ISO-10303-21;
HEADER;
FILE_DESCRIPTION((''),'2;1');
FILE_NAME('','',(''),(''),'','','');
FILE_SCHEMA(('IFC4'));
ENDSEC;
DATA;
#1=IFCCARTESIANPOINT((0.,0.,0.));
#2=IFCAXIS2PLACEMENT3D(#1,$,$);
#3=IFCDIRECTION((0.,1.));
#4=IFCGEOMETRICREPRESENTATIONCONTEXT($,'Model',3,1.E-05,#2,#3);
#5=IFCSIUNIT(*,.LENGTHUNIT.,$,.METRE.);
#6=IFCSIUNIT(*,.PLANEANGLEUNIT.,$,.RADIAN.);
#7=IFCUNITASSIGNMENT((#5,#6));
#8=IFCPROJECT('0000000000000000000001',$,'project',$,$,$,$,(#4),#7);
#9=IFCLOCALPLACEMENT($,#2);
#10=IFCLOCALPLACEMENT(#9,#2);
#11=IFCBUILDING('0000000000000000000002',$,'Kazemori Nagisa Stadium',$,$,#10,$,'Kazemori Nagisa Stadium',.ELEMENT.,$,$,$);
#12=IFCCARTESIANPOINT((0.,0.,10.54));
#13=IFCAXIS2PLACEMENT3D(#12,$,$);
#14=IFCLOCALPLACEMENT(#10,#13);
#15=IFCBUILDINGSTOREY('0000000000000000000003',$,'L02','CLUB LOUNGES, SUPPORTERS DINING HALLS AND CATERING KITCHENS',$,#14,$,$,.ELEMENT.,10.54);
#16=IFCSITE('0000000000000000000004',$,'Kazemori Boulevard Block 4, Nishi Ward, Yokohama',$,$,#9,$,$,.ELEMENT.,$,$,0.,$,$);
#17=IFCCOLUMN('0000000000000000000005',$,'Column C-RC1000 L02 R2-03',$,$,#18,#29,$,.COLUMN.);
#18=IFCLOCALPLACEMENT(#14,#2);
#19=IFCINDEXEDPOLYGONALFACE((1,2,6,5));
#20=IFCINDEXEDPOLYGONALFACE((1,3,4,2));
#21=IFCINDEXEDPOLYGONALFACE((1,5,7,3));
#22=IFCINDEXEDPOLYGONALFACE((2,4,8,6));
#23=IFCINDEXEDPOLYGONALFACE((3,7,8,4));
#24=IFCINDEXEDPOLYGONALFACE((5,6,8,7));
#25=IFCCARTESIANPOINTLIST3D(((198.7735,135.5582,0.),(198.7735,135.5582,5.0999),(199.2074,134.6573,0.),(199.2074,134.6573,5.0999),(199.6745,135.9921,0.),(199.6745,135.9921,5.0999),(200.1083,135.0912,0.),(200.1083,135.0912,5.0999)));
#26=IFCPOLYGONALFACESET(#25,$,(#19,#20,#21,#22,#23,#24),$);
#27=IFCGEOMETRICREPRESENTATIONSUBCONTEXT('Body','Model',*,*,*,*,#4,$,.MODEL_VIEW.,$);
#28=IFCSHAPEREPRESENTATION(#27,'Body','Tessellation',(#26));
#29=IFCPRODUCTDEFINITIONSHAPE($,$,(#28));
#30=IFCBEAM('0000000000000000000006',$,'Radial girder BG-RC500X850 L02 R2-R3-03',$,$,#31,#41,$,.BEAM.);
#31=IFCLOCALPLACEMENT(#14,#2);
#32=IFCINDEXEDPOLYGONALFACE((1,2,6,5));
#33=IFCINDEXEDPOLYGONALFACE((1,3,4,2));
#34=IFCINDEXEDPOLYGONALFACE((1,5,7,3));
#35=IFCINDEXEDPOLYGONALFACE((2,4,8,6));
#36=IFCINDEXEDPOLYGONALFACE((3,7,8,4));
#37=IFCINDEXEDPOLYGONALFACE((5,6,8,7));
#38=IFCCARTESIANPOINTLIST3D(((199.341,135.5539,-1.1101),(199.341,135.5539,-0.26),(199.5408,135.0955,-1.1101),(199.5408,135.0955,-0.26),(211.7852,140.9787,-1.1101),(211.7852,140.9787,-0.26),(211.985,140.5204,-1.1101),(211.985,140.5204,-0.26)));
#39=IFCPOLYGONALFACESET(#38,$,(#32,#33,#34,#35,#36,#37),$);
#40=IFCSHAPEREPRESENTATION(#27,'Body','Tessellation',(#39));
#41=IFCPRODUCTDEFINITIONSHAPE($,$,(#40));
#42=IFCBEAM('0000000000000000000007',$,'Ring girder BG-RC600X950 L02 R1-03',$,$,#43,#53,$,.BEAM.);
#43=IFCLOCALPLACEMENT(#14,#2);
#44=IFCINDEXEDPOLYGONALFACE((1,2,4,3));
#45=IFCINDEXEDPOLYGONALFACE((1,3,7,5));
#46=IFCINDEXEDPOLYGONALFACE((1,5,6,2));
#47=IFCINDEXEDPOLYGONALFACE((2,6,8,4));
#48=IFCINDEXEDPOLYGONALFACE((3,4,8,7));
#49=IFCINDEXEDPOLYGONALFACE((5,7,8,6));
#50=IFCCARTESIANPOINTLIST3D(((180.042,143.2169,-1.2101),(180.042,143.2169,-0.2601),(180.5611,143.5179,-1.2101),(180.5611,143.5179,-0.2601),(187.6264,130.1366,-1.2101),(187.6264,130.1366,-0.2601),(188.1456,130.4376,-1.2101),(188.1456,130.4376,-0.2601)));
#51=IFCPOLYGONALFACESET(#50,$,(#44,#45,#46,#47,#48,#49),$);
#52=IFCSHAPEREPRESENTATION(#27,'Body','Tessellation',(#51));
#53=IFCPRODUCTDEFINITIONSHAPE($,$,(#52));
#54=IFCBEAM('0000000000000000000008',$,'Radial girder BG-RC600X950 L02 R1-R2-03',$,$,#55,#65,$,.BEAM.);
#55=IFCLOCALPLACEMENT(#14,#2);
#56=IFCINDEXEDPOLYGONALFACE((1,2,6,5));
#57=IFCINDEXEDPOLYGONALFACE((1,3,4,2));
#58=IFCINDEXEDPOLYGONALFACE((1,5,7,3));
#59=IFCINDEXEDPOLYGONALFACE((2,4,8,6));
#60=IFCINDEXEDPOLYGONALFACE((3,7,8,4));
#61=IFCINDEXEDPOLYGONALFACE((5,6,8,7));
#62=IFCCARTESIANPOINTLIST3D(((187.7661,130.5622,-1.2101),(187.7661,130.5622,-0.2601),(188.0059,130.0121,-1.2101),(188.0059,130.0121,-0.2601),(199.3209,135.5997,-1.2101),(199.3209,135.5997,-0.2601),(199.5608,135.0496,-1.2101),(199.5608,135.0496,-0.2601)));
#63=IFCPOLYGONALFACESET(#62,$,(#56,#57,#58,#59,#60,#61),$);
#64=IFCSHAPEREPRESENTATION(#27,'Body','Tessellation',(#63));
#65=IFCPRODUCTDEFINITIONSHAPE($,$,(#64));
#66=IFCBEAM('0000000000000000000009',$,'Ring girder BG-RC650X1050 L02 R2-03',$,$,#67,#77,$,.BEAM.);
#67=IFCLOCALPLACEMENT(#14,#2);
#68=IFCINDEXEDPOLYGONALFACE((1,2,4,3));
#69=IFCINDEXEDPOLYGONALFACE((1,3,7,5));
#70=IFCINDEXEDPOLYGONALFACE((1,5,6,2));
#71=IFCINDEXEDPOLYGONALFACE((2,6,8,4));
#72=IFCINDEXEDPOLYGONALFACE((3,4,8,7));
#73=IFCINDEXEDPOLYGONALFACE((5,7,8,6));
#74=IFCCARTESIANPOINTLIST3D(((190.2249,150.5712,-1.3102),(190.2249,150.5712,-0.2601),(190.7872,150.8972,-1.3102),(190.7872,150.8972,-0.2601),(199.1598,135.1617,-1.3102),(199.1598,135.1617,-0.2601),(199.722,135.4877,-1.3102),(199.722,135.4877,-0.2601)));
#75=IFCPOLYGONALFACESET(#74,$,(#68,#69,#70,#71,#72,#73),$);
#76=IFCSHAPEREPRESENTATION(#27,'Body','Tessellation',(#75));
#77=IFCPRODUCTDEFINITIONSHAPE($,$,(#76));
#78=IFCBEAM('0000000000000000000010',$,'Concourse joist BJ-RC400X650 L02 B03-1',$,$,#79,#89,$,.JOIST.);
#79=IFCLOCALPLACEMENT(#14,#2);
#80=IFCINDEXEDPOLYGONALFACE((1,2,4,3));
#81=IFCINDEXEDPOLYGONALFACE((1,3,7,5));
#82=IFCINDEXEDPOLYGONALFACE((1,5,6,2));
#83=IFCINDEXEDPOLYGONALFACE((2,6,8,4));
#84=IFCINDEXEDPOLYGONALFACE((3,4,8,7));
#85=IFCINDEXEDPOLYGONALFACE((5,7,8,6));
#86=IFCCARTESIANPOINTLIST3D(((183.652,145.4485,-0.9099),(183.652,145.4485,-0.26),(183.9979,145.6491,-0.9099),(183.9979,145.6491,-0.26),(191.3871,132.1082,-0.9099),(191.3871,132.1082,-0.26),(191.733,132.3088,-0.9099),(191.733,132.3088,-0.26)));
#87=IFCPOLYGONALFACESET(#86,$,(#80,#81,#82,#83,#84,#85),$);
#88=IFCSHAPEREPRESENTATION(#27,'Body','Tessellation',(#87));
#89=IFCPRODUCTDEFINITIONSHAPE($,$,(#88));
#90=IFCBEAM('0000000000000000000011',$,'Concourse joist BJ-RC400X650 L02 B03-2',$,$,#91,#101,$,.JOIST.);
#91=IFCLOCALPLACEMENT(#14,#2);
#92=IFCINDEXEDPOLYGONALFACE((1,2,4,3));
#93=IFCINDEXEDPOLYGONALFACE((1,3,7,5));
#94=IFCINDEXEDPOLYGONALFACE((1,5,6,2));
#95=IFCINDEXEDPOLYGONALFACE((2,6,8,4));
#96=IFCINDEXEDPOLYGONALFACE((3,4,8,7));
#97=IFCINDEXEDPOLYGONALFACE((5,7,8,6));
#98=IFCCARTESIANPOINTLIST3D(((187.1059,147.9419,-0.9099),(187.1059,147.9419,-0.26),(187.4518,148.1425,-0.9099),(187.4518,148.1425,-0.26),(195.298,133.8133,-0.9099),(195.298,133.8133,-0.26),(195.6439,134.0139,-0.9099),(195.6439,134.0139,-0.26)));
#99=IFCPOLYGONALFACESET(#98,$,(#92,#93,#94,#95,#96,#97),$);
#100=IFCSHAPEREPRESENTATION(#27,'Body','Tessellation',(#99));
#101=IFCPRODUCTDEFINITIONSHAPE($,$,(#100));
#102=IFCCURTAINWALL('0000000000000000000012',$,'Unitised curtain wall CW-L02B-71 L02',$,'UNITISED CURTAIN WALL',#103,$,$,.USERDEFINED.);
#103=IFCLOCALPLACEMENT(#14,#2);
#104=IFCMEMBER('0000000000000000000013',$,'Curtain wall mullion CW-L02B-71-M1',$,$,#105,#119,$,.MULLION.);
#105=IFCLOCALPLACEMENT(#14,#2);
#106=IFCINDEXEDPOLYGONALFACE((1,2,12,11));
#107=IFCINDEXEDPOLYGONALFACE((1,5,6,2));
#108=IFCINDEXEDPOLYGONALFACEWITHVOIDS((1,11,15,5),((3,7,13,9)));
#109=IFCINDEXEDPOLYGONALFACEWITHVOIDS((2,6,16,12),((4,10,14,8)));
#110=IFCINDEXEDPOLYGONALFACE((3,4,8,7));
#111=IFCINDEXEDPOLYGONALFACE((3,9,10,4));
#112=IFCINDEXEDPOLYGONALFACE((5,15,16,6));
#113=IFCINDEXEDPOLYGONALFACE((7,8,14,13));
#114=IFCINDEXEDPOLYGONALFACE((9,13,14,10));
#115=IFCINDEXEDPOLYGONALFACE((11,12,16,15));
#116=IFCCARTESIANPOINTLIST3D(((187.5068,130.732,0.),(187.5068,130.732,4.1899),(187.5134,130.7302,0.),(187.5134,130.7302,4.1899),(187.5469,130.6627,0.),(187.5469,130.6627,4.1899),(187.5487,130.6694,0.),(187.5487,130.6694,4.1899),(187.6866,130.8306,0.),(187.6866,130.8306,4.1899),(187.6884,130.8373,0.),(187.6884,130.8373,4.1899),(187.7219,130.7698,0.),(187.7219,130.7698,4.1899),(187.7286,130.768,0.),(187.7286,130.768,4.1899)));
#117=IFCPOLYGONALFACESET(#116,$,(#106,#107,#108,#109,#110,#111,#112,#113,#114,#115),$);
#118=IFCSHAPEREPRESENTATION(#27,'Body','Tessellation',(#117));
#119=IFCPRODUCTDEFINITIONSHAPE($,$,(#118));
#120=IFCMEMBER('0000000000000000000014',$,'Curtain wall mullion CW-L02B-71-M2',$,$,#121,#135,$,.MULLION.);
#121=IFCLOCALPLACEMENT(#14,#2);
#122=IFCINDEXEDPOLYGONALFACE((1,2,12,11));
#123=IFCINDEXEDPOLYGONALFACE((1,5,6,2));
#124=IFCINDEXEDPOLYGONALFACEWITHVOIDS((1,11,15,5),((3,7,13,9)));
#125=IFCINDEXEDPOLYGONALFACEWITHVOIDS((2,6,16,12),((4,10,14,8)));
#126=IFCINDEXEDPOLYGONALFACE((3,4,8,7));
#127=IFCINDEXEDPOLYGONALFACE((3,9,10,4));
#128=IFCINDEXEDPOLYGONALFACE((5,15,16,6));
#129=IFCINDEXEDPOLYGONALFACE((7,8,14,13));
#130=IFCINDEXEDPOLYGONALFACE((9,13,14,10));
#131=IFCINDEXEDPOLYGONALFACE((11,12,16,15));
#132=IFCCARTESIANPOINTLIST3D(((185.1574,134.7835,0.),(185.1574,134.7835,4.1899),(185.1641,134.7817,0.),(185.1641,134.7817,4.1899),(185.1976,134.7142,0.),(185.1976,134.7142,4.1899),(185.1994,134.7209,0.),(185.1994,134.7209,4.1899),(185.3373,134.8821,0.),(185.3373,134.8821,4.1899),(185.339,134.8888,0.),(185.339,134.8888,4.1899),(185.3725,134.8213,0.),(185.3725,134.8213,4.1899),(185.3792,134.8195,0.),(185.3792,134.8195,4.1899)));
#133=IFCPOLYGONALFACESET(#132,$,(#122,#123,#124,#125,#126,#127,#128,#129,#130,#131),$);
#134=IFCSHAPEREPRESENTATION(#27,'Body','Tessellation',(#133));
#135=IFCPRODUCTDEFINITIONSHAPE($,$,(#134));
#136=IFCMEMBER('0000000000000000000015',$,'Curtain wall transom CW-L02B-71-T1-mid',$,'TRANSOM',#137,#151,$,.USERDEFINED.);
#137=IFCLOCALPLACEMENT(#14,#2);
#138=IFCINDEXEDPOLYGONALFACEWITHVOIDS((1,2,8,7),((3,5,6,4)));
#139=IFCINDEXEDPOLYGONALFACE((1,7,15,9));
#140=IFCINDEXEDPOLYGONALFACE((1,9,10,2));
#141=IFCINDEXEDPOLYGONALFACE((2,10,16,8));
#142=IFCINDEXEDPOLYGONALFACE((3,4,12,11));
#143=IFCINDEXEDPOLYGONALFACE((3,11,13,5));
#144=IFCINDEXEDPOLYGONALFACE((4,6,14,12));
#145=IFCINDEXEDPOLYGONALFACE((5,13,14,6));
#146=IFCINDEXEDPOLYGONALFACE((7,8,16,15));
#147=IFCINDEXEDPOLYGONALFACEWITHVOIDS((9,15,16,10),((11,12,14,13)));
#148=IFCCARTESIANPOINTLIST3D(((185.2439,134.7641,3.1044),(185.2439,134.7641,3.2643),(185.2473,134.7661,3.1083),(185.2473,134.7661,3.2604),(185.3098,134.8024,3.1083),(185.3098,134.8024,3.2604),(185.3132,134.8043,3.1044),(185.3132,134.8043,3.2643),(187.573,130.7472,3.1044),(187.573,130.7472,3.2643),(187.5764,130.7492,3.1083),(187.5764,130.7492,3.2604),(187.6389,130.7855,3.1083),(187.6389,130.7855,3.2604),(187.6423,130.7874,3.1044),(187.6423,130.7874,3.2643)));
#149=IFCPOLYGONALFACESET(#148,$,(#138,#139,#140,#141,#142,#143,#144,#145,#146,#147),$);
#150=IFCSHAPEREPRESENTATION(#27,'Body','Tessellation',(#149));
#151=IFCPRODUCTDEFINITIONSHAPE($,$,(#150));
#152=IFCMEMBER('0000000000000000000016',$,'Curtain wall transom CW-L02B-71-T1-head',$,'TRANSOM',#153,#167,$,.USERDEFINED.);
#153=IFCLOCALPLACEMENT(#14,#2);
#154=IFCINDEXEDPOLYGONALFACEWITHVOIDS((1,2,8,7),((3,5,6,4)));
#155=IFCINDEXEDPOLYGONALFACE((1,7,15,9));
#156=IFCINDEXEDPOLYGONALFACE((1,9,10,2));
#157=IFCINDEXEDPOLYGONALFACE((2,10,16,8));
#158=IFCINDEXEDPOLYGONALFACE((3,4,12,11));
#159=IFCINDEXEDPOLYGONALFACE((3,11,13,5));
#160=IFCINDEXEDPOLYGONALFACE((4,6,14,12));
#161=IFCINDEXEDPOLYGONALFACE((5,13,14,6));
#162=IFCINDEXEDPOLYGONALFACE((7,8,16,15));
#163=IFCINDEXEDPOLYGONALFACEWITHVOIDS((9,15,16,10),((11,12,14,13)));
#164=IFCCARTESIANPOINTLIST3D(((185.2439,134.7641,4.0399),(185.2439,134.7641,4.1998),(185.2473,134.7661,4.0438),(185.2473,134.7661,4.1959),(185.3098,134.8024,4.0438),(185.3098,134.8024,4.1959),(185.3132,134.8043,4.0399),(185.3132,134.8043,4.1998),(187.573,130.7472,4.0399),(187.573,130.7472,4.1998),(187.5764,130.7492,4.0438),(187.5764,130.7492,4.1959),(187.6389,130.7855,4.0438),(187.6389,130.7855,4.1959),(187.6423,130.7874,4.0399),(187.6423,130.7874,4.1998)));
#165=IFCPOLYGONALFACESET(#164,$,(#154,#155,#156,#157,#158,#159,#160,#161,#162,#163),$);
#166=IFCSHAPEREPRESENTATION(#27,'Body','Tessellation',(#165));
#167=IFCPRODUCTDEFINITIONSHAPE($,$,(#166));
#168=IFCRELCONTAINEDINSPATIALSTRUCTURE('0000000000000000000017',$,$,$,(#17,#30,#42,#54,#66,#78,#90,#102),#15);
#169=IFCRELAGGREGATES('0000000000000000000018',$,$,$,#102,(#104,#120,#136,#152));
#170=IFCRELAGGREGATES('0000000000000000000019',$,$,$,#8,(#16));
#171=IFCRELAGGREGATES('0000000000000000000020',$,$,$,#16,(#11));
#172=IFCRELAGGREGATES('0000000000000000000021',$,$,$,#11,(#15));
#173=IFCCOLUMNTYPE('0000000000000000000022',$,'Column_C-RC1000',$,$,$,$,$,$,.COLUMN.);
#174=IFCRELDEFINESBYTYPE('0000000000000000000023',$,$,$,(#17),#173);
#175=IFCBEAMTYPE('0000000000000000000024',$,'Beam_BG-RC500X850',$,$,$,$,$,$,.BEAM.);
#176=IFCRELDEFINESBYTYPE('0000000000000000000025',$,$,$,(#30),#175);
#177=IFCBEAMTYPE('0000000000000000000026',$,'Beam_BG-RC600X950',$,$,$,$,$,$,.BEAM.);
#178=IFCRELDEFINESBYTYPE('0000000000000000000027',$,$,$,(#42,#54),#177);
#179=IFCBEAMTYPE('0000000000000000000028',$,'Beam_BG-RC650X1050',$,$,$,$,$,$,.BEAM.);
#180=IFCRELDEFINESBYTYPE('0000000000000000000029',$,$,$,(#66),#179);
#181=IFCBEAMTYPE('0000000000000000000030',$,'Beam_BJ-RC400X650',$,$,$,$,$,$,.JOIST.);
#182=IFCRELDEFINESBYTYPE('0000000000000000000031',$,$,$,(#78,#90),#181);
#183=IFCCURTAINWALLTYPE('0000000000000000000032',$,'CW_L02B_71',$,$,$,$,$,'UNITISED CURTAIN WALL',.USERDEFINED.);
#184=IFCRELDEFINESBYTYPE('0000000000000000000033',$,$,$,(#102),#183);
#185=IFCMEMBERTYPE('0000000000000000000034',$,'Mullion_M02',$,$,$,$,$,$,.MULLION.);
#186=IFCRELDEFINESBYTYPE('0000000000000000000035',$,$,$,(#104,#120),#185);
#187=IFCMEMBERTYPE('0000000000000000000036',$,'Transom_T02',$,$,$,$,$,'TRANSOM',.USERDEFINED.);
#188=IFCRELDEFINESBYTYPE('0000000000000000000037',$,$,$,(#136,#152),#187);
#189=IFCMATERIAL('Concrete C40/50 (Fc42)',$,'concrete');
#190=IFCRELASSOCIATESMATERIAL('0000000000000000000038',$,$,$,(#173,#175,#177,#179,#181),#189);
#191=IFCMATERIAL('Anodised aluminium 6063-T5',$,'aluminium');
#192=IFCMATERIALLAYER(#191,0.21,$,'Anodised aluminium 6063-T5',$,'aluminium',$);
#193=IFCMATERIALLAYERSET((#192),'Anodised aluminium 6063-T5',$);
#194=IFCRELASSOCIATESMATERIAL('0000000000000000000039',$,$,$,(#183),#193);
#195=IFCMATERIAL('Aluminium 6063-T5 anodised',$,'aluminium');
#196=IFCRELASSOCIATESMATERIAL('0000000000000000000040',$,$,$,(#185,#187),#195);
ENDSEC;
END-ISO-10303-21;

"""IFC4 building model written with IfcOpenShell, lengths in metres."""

from ifc_helpers import new_model, si_unit, direction, frame, origin, origin_2d, place, context, subcontext, project, spatial, rectangle, hollow_rectangle, extrude, material, layer, layer_set, material_profile, profile_set, type_object, element, aggregate, save


model = new_model("IFC4")

# Units and contexts
model_context = context("Model", 3, precision=1e-05, world=origin(), true_north=direction((0.0, 1.0)))
body_context = subcontext(model_context, "Body", "Model", "MODEL_VIEW")
ifc_project = project(units=[si_unit("LENGTHUNIT", "METRE"), si_unit("PLANEANGLEUNIT", "RADIAN")], contexts=[model_context])

# Site, building, storey
site_placement = place(None, origin())
site = spatial("IfcSite", under=ifc_project, at=site_placement, Name="Kazemori Boulevard Block 4, Nishi Ward, Yokohama", CompositionType="ELEMENT", RefElevation=0.0)
building_placement = place(site_placement, origin())
building = spatial("IfcBuilding", under=site, at=building_placement, Name="Kazemori Nagisa Stadium", LongName="Kazemori Nagisa Stadium", CompositionType="ELEMENT")
storey_placement = place(building_placement, frame((0.0, 0.0, 10.54)))
storey = spatial("IfcBuildingStorey", under=building, at=storey_placement, Name="L02", Description="CLUB LOUNGES, SUPPORTERS DINING HALLS AND CATERING KITCHENS", CompositionType="ELEMENT", Elevation=10.54)

# Column
ifc_material_1 = material(Name="Concrete C40/50 (Fc42)", Category="concrete")
ifc_material_profile_1 = material_profile(ifc_material_1, rectangle(XDim=1.0, YDim=1.0, at=origin_2d()), Name="RC-COL-1000x1000")
ifc_profile_set_1 = profile_set([ifc_material_profile_1], Name="Concrete C40/50 (Fc42)")
column_type_1 = type_object("IfcColumnType", Name="Column_C-RC1000", PredefinedType="COLUMN", material=ifc_profile_set_1)
column_1_placement = place(storey_placement, frame((199.4409, 135.3247, 0.0), z_axis=(0.0, 0.0, 1.0), x_axis=(0.900969, 0.433884, 0.0)))
element("IfcColumn", 1, at=column_1_placement, inside=storey, type_object=column_type_1, Name="Column C-RC1000 L02 R2-03", PredefinedType="COLUMN", context=body_context, shape_type="SweptSolid", body=[
    extrude(rectangle(XDim=1.0, YDim=1.0, at=origin_2d()), origin(), (0.0, 0.0, 1.0), 5.0999),
])

# Beams
ifc_material_profile_2 = material_profile(ifc_material_1, rectangle(XDim=0.5, YDim=0.8501, at=origin_2d()), Name="RC-BM-500x850")
ifc_profile_set_2 = profile_set([ifc_material_profile_2], Name="Concrete C40/50 (Fc42)")
beam_type_1 = type_object("IfcBeamType", Name="Beam_BG-RC500X850", PredefinedType="BEAM", material=ifc_profile_set_2)
beam_1_placement = place(storey_placement, frame((199.4409, 135.3247, -0.6851), z_axis=(0.916684, 0.399614, 0.0), x_axis=(-0.399614, 0.916684, 0.0)))
element("IfcBeam", 2, at=beam_1_placement, inside=storey, type_object=beam_type_1, Name="Radial girder BG-RC500X850 L02 R2-R3-03", PredefinedType="BEAM", context=body_context, shape_type="SweptSolid", body=[
    extrude(rectangle(XDim=0.5, YDim=0.8501, at=origin_2d()), origin(), (0.0, 0.0, 1.0), 13.5752),
])
ifc_material_profile_3 = material_profile(ifc_material_1, rectangle(XDim=0.6001, YDim=0.95, at=origin_2d()), Name="RC-BM-600x950")
ifc_profile_set_3 = profile_set([ifc_material_profile_3], Name="Concrete C40/50 (Fc42)")
beam_type_2 = type_object("IfcBeamType", Name="Beam_BG-RC600X950", PredefinedType="BEAM", material=ifc_profile_set_3)
beam_2_placement = place(storey_placement, frame((187.886, 130.2871, -0.7351), z_axis=(-0.501613, 0.865092, 0.0), x_axis=(-0.865092, -0.501613, 0.0)))
element("IfcBeam", 3, at=beam_2_placement, inside=storey, type_object=beam_type_2, Name="Ring girder BG-RC600X950 L02 R1-03", PredefinedType="BEAM", context=body_context, shape_type="SweptSolid", body=[
    extrude(rectangle(XDim=0.6001, YDim=0.95, at=origin_2d()), origin(), (0.0, 0.0, 1.0), 15.1201),
])
beam_3_placement = place(storey_placement, frame((187.886, 130.2871, -0.7351), z_axis=(0.916672, 0.399641, 0.0), x_axis=(-0.399641, 0.916672, 0.0)))
element("IfcBeam", 4, at=beam_3_placement, inside=storey, type_object=beam_type_2, Name="Radial girder BG-RC600X950 L02 R1-R2-03", PredefinedType="BEAM", context=body_context, shape_type="SweptSolid", body=[
    extrude(rectangle(XDim=0.6001, YDim=0.95, at=origin_2d()), origin(), (0.0, 0.0, 1.0), 12.6052),
])
ifc_material_profile_4 = material_profile(ifc_material_1, rectangle(XDim=0.6499, YDim=1.05, at=origin_2d()), Name="RC-BM-650x1050")
ifc_profile_set_4 = profile_set([ifc_material_profile_4], Name="Concrete C40/50 (Fc42)")
beam_type_3 = type_object("IfcBeamType", Name="Beam_BG-RC650X1050", PredefinedType="BEAM", material=ifc_profile_set_4)
beam_4_placement = place(storey_placement, frame((199.4409, 135.3247, -0.7852), z_axis=(-0.501607, 0.865096, 0.0), x_axis=(-0.865096, -0.501607, 0.0)))
element("IfcBeam", 5, at=beam_4_placement, inside=storey, type_object=beam_type_3, Name="Ring girder BG-RC650X1050 L02 R2-03", PredefinedType="BEAM", context=body_context, shape_type="SweptSolid", body=[
    extrude(rectangle(XDim=0.6499, YDim=1.05, at=origin_2d()), origin(), (0.0, 0.0, 1.0), 17.8125),
])
ifc_material_profile_5 = material_profile(ifc_material_1, rectangle(XDim=0.3999, YDim=0.6499, at=origin_2d()), Name="RC-BM-400x650")
ifc_profile_set_5 = profile_set([ifc_material_profile_5], Name="Concrete C40/50 (Fc42)")
beam_type_4 = type_object("IfcBeamType", Name="Beam_BJ-RC400X650", PredefinedType="JOIST", material=ifc_profile_set_5)
beam_5_placement = place(storey_placement, frame((191.5601, 132.2085, -0.585), z_axis=(-0.501607, 0.865095, 0.0), x_axis=(-0.865095, -0.501607, 0.0)))
element("IfcBeam", 6, at=beam_5_placement, inside=storey, type_object=beam_type_4, Name="Concourse joist BJ-RC400X650 L02 B03-1", PredefinedType="JOIST", context=body_context, shape_type="SweptSolid", body=[
    extrude(rectangle(XDim=0.3999, YDim=0.6499, at=origin_2d()), origin(), (0.0, 0.0, 1.0), 15.4207),
])
beam_6_placement = place(storey_placement, frame((195.4709, 133.9136, -0.585), z_axis=(-0.501604, 0.865097, 0.0), x_axis=(-0.865097, -0.501604, 0.0)))
element("IfcBeam", 7, at=beam_6_placement, inside=storey, type_object=beam_type_4, Name="Concourse joist BJ-RC400X650 L02 B03-2", PredefinedType="JOIST", context=body_context, shape_type="SweptSolid", body=[
    extrude(rectangle(XDim=0.3999, YDim=0.6499, at=origin_2d()), origin(), (0.0, 0.0, 1.0), 16.3318),
])

# Curtain wall, members
ifc_material_2 = material(Name="Anodised aluminium 6063-T5", Category="aluminium")
ifc_layer_1 = layer(ifc_material_2, 0.21, Name="Anodised aluminium 6063-T5", Category="aluminium")
ifc_layer_set_1 = layer_set([ifc_layer_1], Name="Anodised aluminium 6063-T5")
curtain_wall_type = type_object("IfcCurtainWallType", Name="CW_L02B_71", ElementType="UNITISED CURTAIN WALL", PredefinedType="USERDEFINED", material=ifc_layer_set_1)
curtain_wall_placement = place(storey_placement, origin())
curtain_wall = element("IfcCurtainWall", 8, at=curtain_wall_placement, inside=storey, type_object=curtain_wall_type, Name="Unitised curtain wall CW-L02B-71 L02", ObjectType="UNITISED CURTAIN WALL", PredefinedType="USERDEFINED")
ifc_material_3 = material(Name="Aluminium 6063-T5 anodised", Category="aluminium")
ifc_material_profile_6 = material_profile(ifc_material_3, hollow_rectangle(XDim=0.0801, YDim=0.21, WallThickness=0.0049, at=origin_2d()), Name="ALU-MULL-80x210x5")
ifc_profile_set_6 = profile_set([ifc_material_profile_6], Name="Aluminium 6063-T5 anodised")
member_type_1 = type_object("IfcMemberType", Name="Mullion_M02", PredefinedType="MULLION", material=ifc_profile_set_6)
member_1_placement = place(storey_placement, frame((187.6177, 130.75, 0.0), z_axis=(0.0, 0.0, 1.0), x_axis=(-0.501612, 0.865093, 0.0)))
member_1 = element("IfcMember", 9, at=member_1_placement, type_object=member_type_1, Name="Curtain wall mullion CW-L02B-71-M1", PredefinedType="MULLION", context=body_context, shape_type="SweptSolid", body=[
    extrude(hollow_rectangle(XDim=0.0801, YDim=0.21, WallThickness=0.0049, at=origin_2d()), origin(), (0.0, 0.0, 1.0), 4.1899),
])
member_2_placement = place(storey_placement, frame((185.2683, 134.8015, 0.0), z_axis=(0.0, 0.0, 1.0), x_axis=(-0.501612, 0.865093, 0.0)))
member_2 = element("IfcMember", 10, at=member_2_placement, type_object=member_type_1, Name="Curtain wall mullion CW-L02B-71-M2", PredefinedType="MULLION", context=body_context, shape_type="SweptSolid", body=[
    extrude(hollow_rectangle(XDim=0.0801, YDim=0.21, WallThickness=0.0049, at=origin_2d()), origin(), (0.0, 0.0, 1.0), 4.1899),
])
ifc_material_profile_7 = material_profile(ifc_material_3, hollow_rectangle(XDim=0.0801, YDim=0.1599, WallThickness=0.0039, at=origin_2d()), Name="ALU-TRAN-80x160x4")
ifc_profile_set_7 = profile_set([ifc_material_profile_7], Name="Aluminium 6063-T5 anodised")
member_type_2 = type_object("IfcMemberType", Name="Transom_T02", ElementType="TRANSOM", PredefinedType="USERDEFINED", material=ifc_profile_set_7)
member_3_placement = place(storey_placement, frame((187.6077, 130.7673, 3.1843), z_axis=(-0.50161, 0.865094, 0.0), x_axis=(-0.865094, -0.50161, 0.0)))
member_3 = element("IfcMember", 11, at=member_3_placement, type_object=member_type_2, Name="Curtain wall transom CW-L02B-71-T1-mid", ObjectType="TRANSOM", PredefinedType="USERDEFINED", context=body_context, shape_type="SweptSolid", body=[
    extrude(hollow_rectangle(XDim=0.0801, YDim=0.1599, WallThickness=0.0039, at=origin_2d()), origin(), (0.0, 0.0, 1.0), 4.6433),
])
member_4_placement = place(storey_placement, frame((187.6077, 130.7673, 4.1199), z_axis=(-0.50161, 0.865094, 0.0), x_axis=(-0.865094, -0.50161, 0.0)))
member_4 = element("IfcMember", 12, at=member_4_placement, type_object=member_type_2, Name="Curtain wall transom CW-L02B-71-T1-head", ObjectType="TRANSOM", PredefinedType="USERDEFINED", context=body_context, shape_type="SweptSolid", body=[
    extrude(hollow_rectangle(XDim=0.0801, YDim=0.1599, WallThickness=0.0039, at=origin_2d()), origin(), (0.0, 0.0, 1.0), 4.6433),
])
aggregate(curtain_wall, [member_1, member_2, member_3, member_4])

save(model, "model.ifc")
